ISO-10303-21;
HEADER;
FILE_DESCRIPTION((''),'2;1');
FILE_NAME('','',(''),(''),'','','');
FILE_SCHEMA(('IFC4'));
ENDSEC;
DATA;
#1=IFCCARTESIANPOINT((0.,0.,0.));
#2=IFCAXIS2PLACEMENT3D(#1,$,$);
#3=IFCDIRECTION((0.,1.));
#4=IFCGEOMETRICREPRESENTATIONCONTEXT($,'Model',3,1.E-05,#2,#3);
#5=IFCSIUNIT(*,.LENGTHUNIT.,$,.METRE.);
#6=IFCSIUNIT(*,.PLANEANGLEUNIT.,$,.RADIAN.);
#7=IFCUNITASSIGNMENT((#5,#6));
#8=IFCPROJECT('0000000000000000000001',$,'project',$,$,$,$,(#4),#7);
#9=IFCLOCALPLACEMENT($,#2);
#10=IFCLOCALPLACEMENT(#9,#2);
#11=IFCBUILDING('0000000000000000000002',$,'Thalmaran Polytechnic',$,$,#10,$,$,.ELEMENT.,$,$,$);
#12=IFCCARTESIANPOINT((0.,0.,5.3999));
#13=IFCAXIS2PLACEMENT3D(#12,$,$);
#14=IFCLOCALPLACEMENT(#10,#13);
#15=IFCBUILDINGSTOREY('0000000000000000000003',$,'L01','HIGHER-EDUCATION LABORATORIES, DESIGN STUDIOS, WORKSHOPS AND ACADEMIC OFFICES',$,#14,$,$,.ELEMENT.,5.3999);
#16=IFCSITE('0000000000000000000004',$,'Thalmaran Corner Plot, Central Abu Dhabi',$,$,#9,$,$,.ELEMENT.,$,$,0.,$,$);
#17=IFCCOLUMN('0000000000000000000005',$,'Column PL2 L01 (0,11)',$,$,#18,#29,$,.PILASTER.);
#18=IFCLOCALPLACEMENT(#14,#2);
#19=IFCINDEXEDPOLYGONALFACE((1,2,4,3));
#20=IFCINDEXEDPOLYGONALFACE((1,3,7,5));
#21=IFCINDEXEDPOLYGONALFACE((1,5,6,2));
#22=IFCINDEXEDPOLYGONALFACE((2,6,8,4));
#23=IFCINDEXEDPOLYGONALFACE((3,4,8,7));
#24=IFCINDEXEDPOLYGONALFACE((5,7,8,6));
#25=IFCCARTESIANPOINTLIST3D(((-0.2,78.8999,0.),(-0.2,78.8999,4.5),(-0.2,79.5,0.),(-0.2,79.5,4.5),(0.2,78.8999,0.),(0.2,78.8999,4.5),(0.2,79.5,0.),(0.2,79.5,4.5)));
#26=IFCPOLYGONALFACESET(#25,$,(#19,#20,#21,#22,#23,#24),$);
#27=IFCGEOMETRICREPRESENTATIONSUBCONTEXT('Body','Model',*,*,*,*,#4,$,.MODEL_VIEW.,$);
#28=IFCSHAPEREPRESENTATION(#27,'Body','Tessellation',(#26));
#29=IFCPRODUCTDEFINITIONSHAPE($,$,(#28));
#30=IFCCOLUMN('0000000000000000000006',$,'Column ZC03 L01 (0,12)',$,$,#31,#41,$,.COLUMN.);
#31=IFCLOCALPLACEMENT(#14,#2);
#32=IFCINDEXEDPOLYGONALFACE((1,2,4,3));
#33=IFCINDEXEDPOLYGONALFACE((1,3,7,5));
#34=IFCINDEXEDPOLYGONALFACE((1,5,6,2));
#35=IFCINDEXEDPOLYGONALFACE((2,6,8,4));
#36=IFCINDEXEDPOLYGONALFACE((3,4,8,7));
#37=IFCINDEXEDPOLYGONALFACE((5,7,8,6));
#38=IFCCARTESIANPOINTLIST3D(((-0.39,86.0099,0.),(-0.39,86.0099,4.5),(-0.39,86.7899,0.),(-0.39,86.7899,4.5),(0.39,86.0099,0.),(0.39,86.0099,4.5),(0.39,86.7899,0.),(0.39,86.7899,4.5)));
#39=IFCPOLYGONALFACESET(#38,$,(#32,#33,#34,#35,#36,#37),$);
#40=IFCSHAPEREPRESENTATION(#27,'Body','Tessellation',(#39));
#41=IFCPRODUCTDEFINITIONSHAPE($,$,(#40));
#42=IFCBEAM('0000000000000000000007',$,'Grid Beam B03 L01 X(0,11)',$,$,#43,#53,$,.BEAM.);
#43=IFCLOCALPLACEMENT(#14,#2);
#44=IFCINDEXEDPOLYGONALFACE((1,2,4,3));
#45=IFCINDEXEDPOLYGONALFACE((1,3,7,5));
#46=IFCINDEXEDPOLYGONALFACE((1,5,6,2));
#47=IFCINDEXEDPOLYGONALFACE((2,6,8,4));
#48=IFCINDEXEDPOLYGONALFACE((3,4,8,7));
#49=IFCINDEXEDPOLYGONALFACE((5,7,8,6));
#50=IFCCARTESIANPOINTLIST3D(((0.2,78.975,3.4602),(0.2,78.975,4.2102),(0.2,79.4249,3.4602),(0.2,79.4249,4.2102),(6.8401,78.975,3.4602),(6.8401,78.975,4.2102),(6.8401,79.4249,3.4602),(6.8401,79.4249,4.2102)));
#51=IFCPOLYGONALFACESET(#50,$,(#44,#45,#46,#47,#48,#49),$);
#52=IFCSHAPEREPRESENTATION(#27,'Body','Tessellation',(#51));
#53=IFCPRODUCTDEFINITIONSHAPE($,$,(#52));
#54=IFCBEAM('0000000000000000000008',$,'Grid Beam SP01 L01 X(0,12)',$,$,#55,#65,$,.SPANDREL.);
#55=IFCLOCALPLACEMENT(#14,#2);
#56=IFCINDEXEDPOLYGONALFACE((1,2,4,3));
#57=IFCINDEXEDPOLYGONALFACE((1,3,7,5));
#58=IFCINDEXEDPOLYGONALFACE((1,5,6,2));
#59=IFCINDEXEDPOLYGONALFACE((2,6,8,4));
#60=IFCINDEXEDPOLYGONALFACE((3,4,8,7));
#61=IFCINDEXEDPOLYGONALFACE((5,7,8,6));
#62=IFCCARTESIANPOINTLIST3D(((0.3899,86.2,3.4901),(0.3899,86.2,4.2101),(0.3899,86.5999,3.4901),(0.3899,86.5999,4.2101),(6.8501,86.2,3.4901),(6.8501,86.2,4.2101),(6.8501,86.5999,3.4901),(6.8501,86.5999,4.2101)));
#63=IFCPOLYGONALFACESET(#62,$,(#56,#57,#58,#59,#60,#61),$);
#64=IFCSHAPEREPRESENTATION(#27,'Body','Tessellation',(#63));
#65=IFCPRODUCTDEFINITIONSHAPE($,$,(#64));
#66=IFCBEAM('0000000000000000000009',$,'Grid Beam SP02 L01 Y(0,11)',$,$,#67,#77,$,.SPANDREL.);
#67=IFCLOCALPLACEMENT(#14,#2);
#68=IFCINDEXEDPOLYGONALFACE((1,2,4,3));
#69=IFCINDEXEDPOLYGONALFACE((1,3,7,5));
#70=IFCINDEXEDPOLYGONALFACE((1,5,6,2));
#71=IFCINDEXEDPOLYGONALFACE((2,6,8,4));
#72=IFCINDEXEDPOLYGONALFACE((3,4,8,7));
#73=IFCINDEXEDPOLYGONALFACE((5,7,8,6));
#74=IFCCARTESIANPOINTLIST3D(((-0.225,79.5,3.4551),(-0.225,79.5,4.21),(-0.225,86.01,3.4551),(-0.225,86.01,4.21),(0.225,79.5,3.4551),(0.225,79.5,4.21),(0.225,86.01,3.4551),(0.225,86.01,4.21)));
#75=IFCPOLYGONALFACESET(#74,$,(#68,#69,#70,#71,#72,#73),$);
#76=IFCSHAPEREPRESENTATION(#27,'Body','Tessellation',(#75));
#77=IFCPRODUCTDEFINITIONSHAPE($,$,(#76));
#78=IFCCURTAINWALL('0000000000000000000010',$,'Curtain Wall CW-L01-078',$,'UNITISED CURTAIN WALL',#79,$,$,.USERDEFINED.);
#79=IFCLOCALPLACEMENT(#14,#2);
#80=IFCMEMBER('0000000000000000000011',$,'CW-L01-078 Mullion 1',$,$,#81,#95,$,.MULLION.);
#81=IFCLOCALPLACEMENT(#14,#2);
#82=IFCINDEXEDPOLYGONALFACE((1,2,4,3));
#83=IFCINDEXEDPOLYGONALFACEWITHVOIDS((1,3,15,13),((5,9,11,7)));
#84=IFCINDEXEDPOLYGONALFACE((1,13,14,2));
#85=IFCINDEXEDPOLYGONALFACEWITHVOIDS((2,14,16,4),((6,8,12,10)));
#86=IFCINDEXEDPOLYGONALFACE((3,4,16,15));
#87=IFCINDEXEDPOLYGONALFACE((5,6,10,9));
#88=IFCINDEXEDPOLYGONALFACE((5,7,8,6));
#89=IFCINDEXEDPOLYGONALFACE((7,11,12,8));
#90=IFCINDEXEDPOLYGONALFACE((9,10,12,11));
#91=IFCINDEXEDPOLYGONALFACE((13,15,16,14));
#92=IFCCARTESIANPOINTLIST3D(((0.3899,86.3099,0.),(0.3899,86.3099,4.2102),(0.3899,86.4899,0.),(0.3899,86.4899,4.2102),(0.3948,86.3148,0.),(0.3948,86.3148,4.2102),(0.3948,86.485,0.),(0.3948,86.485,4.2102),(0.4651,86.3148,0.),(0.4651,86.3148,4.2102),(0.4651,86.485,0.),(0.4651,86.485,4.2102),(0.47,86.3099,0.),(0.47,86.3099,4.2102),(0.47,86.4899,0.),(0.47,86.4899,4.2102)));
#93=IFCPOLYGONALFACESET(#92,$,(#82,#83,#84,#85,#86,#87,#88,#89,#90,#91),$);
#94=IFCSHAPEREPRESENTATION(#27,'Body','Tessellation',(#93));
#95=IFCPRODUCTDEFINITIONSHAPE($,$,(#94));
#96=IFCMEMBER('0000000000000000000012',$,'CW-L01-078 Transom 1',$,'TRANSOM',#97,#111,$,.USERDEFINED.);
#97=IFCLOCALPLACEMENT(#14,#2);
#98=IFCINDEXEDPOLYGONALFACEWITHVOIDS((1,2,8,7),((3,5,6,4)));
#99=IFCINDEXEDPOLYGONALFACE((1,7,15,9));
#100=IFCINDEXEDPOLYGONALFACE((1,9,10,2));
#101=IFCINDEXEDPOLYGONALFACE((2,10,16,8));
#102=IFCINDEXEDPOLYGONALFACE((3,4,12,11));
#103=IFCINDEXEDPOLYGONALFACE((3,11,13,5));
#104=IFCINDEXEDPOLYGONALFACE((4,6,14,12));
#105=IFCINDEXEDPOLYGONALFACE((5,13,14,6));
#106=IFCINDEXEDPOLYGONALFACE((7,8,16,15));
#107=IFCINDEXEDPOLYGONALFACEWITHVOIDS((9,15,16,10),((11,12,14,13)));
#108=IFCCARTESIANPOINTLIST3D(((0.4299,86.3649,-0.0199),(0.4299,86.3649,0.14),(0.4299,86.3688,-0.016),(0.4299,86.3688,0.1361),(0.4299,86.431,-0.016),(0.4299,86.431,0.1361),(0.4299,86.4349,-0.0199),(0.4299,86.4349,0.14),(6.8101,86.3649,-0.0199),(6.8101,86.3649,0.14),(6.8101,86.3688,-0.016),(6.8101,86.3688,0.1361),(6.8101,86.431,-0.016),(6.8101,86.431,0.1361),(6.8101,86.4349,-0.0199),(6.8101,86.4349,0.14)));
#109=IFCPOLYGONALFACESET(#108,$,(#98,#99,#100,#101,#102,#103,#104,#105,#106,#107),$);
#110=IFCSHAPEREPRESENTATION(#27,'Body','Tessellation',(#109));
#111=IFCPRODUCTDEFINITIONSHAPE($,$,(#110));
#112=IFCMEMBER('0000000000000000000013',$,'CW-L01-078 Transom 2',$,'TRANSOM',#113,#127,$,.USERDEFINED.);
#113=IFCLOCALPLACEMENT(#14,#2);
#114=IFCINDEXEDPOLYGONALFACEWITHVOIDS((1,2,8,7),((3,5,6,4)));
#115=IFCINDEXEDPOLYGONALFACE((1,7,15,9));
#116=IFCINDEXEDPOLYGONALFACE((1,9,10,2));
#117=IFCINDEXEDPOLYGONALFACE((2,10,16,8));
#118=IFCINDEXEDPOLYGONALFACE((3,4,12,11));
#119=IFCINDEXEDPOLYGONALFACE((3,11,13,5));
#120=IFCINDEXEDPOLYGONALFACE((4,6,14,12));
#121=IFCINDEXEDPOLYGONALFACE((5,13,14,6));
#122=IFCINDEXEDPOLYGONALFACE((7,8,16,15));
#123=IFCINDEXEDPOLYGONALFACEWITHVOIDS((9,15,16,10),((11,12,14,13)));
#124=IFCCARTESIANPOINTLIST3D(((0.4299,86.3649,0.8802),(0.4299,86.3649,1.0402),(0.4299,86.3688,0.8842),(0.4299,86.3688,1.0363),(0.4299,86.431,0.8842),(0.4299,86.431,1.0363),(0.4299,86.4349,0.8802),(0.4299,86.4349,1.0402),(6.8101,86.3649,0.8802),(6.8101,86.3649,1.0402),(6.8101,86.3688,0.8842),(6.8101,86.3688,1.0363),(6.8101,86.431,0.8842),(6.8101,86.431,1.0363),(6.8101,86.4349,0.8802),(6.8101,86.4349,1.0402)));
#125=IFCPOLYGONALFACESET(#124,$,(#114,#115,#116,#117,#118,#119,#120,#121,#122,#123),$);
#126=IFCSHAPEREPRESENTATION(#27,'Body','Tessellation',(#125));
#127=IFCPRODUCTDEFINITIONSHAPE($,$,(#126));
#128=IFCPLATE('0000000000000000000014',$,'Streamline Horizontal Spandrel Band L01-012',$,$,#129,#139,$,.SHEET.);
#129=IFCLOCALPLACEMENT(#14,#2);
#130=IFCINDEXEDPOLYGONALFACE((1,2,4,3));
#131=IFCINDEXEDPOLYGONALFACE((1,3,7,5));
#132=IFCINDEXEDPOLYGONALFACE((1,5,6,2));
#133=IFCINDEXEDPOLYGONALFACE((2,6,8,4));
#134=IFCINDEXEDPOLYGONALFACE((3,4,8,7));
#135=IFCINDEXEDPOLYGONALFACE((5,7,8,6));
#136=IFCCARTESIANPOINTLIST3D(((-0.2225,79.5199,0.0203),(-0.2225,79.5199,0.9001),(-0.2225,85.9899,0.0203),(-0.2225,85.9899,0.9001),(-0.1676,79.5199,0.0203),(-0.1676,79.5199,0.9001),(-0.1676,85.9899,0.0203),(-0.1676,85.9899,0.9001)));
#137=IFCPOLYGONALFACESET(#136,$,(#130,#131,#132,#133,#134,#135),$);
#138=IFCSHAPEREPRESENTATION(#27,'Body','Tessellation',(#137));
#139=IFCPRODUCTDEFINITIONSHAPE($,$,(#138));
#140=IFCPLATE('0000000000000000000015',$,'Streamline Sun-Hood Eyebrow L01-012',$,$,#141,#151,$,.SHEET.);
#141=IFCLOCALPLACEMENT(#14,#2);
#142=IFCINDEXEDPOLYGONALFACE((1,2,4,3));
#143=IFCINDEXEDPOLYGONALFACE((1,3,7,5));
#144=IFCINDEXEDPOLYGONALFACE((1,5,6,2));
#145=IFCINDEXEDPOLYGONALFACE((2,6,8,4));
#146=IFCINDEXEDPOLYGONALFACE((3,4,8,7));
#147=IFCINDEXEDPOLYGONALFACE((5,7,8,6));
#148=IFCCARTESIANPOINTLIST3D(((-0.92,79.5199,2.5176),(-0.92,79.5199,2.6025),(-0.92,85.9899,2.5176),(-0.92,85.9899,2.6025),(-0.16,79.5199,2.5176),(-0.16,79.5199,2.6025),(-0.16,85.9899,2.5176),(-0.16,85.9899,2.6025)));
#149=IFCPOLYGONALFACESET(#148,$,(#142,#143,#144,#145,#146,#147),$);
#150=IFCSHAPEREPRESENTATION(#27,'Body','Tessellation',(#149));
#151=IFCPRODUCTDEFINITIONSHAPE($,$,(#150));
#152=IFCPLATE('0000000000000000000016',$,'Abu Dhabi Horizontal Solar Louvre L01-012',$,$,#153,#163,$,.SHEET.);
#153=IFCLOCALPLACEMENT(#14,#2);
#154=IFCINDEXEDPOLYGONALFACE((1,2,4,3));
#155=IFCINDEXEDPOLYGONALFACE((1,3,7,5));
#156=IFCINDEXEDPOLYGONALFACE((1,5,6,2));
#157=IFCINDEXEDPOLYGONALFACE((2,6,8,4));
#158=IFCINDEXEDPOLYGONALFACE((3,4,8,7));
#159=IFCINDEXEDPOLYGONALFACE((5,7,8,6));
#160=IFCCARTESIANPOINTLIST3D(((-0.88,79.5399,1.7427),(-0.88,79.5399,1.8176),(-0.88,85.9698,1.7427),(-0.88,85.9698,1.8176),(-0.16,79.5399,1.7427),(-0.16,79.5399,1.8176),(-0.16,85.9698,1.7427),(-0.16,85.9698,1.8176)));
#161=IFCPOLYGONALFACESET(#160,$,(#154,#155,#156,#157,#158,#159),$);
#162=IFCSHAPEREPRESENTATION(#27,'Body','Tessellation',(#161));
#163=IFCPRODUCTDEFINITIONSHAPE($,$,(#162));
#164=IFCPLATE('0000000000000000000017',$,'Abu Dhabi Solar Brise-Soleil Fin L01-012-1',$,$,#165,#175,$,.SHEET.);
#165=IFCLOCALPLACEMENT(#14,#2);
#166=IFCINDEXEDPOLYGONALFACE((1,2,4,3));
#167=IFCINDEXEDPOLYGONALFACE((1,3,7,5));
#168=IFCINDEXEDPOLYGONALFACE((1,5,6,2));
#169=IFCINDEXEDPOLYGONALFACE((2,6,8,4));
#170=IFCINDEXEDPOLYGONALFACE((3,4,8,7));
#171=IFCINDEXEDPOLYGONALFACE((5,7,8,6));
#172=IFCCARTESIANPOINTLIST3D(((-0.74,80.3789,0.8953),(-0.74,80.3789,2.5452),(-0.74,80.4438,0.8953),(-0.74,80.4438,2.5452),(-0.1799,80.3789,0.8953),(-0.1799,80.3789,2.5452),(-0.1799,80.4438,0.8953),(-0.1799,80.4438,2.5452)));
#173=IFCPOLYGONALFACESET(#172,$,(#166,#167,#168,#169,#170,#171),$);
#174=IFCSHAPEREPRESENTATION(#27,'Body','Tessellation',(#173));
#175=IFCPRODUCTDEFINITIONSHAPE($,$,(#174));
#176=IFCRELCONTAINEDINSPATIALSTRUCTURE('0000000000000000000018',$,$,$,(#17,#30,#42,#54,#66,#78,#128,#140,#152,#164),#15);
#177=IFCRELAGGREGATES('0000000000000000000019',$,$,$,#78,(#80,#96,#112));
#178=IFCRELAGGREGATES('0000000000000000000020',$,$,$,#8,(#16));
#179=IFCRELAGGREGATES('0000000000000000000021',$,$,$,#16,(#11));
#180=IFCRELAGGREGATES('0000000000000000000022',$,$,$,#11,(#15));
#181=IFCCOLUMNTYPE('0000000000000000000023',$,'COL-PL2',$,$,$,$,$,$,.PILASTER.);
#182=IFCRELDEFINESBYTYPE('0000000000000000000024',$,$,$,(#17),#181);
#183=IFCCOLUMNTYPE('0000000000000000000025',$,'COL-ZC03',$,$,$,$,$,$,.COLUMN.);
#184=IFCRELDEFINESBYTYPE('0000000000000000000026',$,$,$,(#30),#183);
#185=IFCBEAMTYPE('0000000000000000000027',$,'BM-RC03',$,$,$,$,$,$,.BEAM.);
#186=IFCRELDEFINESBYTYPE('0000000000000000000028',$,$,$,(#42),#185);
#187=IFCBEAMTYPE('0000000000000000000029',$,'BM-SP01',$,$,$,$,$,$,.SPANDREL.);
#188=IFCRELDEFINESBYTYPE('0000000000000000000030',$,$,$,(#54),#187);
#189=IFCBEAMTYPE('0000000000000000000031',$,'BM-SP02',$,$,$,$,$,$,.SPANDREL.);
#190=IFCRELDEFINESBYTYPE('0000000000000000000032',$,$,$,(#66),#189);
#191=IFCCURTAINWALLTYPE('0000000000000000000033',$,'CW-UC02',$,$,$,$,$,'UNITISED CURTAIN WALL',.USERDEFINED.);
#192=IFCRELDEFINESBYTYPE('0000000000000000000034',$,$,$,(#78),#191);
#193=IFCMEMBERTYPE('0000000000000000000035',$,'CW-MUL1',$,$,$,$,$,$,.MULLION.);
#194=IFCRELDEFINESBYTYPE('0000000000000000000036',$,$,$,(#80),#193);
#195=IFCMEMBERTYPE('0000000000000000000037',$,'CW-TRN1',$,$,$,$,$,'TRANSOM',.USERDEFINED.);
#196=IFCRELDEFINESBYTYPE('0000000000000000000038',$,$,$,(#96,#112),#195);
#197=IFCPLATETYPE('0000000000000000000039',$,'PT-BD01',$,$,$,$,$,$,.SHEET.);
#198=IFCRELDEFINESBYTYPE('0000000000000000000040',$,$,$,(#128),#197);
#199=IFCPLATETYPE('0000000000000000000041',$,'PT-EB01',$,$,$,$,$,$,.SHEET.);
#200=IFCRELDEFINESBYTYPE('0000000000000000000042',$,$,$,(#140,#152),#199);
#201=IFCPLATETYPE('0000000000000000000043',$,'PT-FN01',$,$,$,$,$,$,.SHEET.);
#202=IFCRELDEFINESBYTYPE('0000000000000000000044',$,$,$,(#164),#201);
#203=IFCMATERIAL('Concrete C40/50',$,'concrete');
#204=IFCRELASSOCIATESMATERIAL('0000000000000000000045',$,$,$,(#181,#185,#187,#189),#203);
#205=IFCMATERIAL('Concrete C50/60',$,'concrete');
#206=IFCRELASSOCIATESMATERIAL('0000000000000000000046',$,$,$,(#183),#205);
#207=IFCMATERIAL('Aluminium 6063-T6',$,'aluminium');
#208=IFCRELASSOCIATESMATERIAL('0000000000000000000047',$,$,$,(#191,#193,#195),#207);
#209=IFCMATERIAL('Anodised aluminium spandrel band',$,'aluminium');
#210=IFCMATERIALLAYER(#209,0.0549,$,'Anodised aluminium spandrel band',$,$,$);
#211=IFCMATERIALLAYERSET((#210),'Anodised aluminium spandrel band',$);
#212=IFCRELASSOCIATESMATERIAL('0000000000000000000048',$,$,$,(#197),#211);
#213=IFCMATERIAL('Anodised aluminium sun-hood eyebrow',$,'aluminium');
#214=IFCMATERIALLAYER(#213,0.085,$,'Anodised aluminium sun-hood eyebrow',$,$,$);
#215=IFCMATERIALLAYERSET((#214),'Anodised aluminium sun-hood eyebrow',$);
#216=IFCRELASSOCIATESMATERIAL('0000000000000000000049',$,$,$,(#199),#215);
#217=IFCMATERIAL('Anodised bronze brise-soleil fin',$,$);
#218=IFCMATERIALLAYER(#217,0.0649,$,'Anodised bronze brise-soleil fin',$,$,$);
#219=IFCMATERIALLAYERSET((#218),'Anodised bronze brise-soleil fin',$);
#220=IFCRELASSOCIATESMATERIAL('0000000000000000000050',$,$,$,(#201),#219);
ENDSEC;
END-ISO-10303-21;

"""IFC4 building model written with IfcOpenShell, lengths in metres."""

from ifc_helpers import new_model, si_unit, direction, frame, origin, origin_2d, place, context, subcontext, project, spatial, rectangle, hollow_rectangle, extrude, material, layer, layer_set, material_profile, profile_set, type_object, element, aggregate, save


model = new_model("IFC4")

# Units and contexts
model_context = context("Model", 3, precision=1e-05, world=origin(), true_north=direction((0.0, 1.0)))
body_context = subcontext(model_context, "Body", "Model", "MODEL_VIEW")
ifc_project = project(units=[si_unit("LENGTHUNIT", "METRE"), si_unit("PLANEANGLEUNIT", "RADIAN")], contexts=[model_context])

# Site, building, storey
site_placement = place(None, origin())
site = spatial("IfcSite", under=ifc_project, at=site_placement, Name="Thalmaran Corner Plot, Central Abu Dhabi", CompositionType="ELEMENT", RefElevation=0.0)
building_placement = place(site_placement, origin())
building = spatial("IfcBuilding", under=site, at=building_placement, Name="Thalmaran Polytechnic", CompositionType="ELEMENT")
storey_placement = place(building_placement, frame((0.0, 0.0, 5.3999)))
storey = spatial("IfcBuildingStorey", under=building, at=storey_placement, Name="L01", Description="HIGHER-EDUCATION LABORATORIES, DESIGN STUDIOS, WORKSHOPS AND ACADEMIC OFFICES", CompositionType="ELEMENT", Elevation=5.3999)

# Columns
ifc_material_1 = material(Name="Concrete C40/50", Category="concrete")
ifc_material_profile_1 = material_profile(ifc_material_1, rectangle(XDim=0.3999, YDim=0.6001, at=origin_2d()), Name="RC 400x600")
ifc_profile_set_1 = profile_set([ifc_material_profile_1], Name="Concrete C40/50")
column_type_1 = type_object("IfcColumnType", Name="COL-PL2", PredefinedType="PILASTER", material=ifc_profile_set_1)
column_1_placement = place(storey_placement, frame((0.0, 79.2, 0.0), z_axis=(0.0, 0.0, 1.0), x_axis=(1.0, 0.0, 0.0)))
element("IfcColumn", 1, at=column_1_placement, inside=storey, type_object=column_type_1, Name="Column PL2 L01 (0,11)", PredefinedType="PILASTER", context=body_context, shape_type="SweptSolid", body=[
    extrude(rectangle(XDim=0.3999, YDim=0.6001, at=origin_2d()), origin(), (0.0, 0.0, 1.0), 4.5),
])
ifc_material_2 = material(Name="Concrete C50/60", Category="concrete")
ifc_material_profile_2 = material_profile(ifc_material_2, rectangle(XDim=0.78, YDim=0.78, at=origin_2d()), Name="RC 780x780")
ifc_profile_set_2 = profile_set([ifc_material_profile_2], Name="Concrete C50/60")
column_type_2 = type_object("IfcColumnType", Name="COL-ZC03", PredefinedType="COLUMN", material=ifc_profile_set_2)
column_2_placement = place(storey_placement, frame((0.0, 86.3999, 0.0), z_axis=(0.0, 0.0, 1.0), x_axis=(1.0, 0.0, 0.0)))
element("IfcColumn", 2, at=column_2_placement, inside=storey, type_object=column_type_2, Name="Column ZC03 L01 (0,12)", PredefinedType="COLUMN", context=body_context, shape_type="SweptSolid", body=[
    extrude(rectangle(XDim=0.78, YDim=0.78, at=origin_2d()), origin(), (0.0, 0.0, 1.0), 4.5),
])

# Beams
ifc_material_profile_3 = material_profile(ifc_material_1, rectangle(XDim=0.45, YDim=0.75, at=origin_2d()), Name="RC 450x750")
ifc_profile_set_3 = profile_set([ifc_material_profile_3], Name="Concrete C40/50")
beam_type_1 = type_object("IfcBeamType", Name="BM-RC03", PredefinedType="BEAM", material=ifc_profile_set_3)
beam_1_placement = place(storey_placement, frame((0.2, 79.2, 3.8352), z_axis=(1.0, 0.0, 0.0), x_axis=(0.0, 1.0, 0.0)))
element("IfcBeam", 3, at=beam_1_placement, inside=storey, type_object=beam_type_1, Name="Grid Beam B03 L01 X(0,11)", PredefinedType="BEAM", context=body_context, shape_type="SweptSolid", body=[
    extrude(rectangle(XDim=0.45, YDim=0.75, at=origin_2d()), origin(), (0.0, 0.0, 1.0), 6.6401),
])
ifc_material_profile_4 = material_profile(ifc_material_1, rectangle(XDim=0.3999, YDim=0.72, at=origin_2d()), Name="RC 400x720")
ifc_profile_set_4 = profile_set([ifc_material_profile_4], Name="Concrete C40/50")
beam_type_2 = type_object("IfcBeamType", Name="BM-SP01", PredefinedType="SPANDREL", material=ifc_profile_set_4)
beam_2_placement = place(storey_placement, frame((0.3899, 86.3999, 3.8501), z_axis=(1.0, 0.0, 0.0), x_axis=(0.0, 1.0, 0.0)))
element("IfcBeam", 4, at=beam_2_placement, inside=storey, type_object=beam_type_2, Name="Grid Beam SP01 L01 X(0,12)", PredefinedType="SPANDREL", context=body_context, shape_type="SweptSolid", body=[
    extrude(rectangle(XDim=0.3999, YDim=0.72, at=origin_2d()), origin(), (0.0, 0.0, 1.0), 6.4602),
])
ifc_material_profile_5 = material_profile(ifc_material_1, rectangle(XDim=0.45, YDim=0.7549, at=origin_2d()), Name="RC 450x755")
ifc_profile_set_5 = profile_set([ifc_material_profile_5], Name="Concrete C40/50")
beam_type_3 = type_object("IfcBeamType", Name="BM-SP02", PredefinedType="SPANDREL", material=ifc_profile_set_5)
beam_3_placement = place(storey_placement, frame((0.0, 79.5, 3.8325), z_axis=(0.0, 1.0, 0.0), x_axis=(-1.0, 0.0, 0.0)))
element("IfcBeam", 5, at=beam_3_placement, inside=storey, type_object=beam_type_3, Name="Grid Beam SP02 L01 Y(0,11)", PredefinedType="SPANDREL", context=body_context, shape_type="SweptSolid", body=[
    extrude(rectangle(XDim=0.45, YDim=0.7549, at=origin_2d()), origin(), (0.0, 0.0, 1.0), 6.51),
])

# Curtain wall, members
ifc_material_3 = material(Name="Aluminium 6063-T6", Category="aluminium")
curtain_wall_type = type_object("IfcCurtainWallType", Name="CW-UC02", ElementType="UNITISED CURTAIN WALL", PredefinedType="USERDEFINED", material=ifc_material_3)
curtain_wall_placement = place(storey_placement, origin())
curtain_wall = element("IfcCurtainWall", 6, at=curtain_wall_placement, inside=storey, type_object=curtain_wall_type, Name="Curtain Wall CW-L01-078", ObjectType="UNITISED CURTAIN WALL", PredefinedType="USERDEFINED")
ifc_material_profile_6 = material_profile(ifc_material_3, hollow_rectangle(XDim=0.0801, YDim=0.1799, WallThickness=0.0049, at=origin_2d()), Name="RHS 180x80x5.0")
ifc_profile_set_6 = profile_set([ifc_material_profile_6], Name="Aluminium 6063-T6")
member_type_1 = type_object("IfcMemberType", Name="CW-MUL1", PredefinedType="MULLION", material=ifc_profile_set_6)
member_1_placement = place(storey_placement, frame((0.4299, 86.3999, 0.0), z_axis=(0.0, 0.0, 1.0), x_axis=(1.0, 0.0, 0.0)))
member_1 = element("IfcMember", 7, at=member_1_placement, type_object=member_type_1, Name="CW-L01-078 Mullion 1", PredefinedType="MULLION", context=body_context, shape_type="SweptSolid", body=[
    extrude(hollow_rectangle(XDim=0.0801, YDim=0.1799, WallThickness=0.0049, at=origin_2d()), origin(), (0.0, 0.0, 1.0), 4.2102),
])
ifc_material_profile_7 = material_profile(ifc_material_3, hollow_rectangle(XDim=0.0701, YDim=0.1599, WallThickness=0.0039, at=origin_2d()), Name="AL 160x70x4.0")
ifc_profile_set_7 = profile_set([ifc_material_profile_7], Name="Aluminium 6063-T6")
member_type_2 = type_object("IfcMemberType", Name="CW-TRN1", ElementType="TRANSOM", PredefinedType="USERDEFINED", material=ifc_profile_set_7)
member_2_placement = place(storey_placement, frame((0.4299, 86.3999, 0.0601), z_axis=(1.0, 0.0, 0.0), x_axis=(0.0, 1.0, 0.0)))
member_2 = element("IfcMember", 8, at=member_2_placement, type_object=member_type_2, Name="CW-L01-078 Transom 1", ObjectType="TRANSOM", PredefinedType="USERDEFINED", context=body_context, shape_type="SweptSolid", body=[
    extrude(hollow_rectangle(XDim=0.0701, YDim=0.1599, WallThickness=0.0039, at=origin_2d()), origin(), (0.0, 0.0, 1.0), 6.3801),
])
member_3_placement = place(storey_placement, frame((0.4299, 86.3999, 0.9602), z_axis=(1.0, 0.0, 0.0), x_axis=(0.0, 1.0, 0.0)))
member_3 = element("IfcMember", 9, at=member_3_placement, type_object=member_type_2, Name="CW-L01-078 Transom 2", ObjectType="TRANSOM", PredefinedType="USERDEFINED", context=body_context, shape_type="SweptSolid", body=[
    extrude(hollow_rectangle(XDim=0.0701, YDim=0.1599, WallThickness=0.0039, at=origin_2d()), origin(), (0.0, 0.0, 1.0), 6.3801),
])
aggregate(curtain_wall, [member_1, member_2, member_3])

# Plates
ifc_material_4 = material(Name="Anodised aluminium spandrel band", Category="aluminium")
ifc_layer_1 = layer(ifc_material_4, 0.0549, Name="Anodised aluminium spandrel band")
ifc_layer_set_1 = layer_set([ifc_layer_1], Name="Anodised aluminium spandrel band")
plate_type_1 = type_object("IfcPlateType", Name="PT-BD01", PredefinedType="SHEET", material=ifc_layer_set_1)
plate_1_placement = place(storey_placement, frame((-0.1951, 82.7549, 0.0203), z_axis=(0.0, 0.0, 1.0), x_axis=(0.0, 1.0, 0.0)))
element("IfcPlate", 10, at=plate_1_placement, inside=storey, type_object=plate_type_1, Name="Streamline Horizontal Spandrel Band L01-012", PredefinedType="SHEET", context=body_context, shape_type="SweptSolid", body=[
    extrude(rectangle(XDim=6.47, YDim=0.0549, at=origin_2d()), origin(), (0.0, 0.0, 1.0), 0.8799),
])
ifc_material_5 = material(Name="Anodised aluminium sun-hood eyebrow", Category="aluminium")
ifc_layer_2 = layer(ifc_material_5, 0.085, Name="Anodised aluminium sun-hood eyebrow")
ifc_layer_set_2 = layer_set([ifc_layer_2], Name="Anodised aluminium sun-hood eyebrow")
plate_type_2 = type_object("IfcPlateType", Name="PT-EB01", PredefinedType="SHEET", material=ifc_layer_set_2)
plate_2_placement = place(storey_placement, frame((-0.54, 82.7549, 2.5176), z_axis=(0.0, 0.0, 1.0), x_axis=(0.0, 1.0, 0.0)))
element("IfcPlate", 11, at=plate_2_placement, inside=storey, type_object=plate_type_2, Name="Streamline Sun-Hood Eyebrow L01-012", PredefinedType="SHEET", context=body_context, shape_type="SweptSolid", body=[
    extrude(rectangle(XDim=6.47, YDim=0.76, at=origin_2d()), origin(), (0.0, 0.0, 1.0), 0.085),
])
plate_3_placement = place(storey_placement, frame((-0.52, 82.7549, 1.7427), z_axis=(0.0, 0.0, 1.0), x_axis=(0.0, 1.0, 0.0)))
element("IfcPlate", 12, at=plate_3_placement, inside=storey, type_object=plate_type_2, Name="Abu Dhabi Horizontal Solar Louvre L01-012", PredefinedType="SHEET", context=body_context, shape_type="SweptSolid", body=[
    extrude(rectangle(XDim=6.4299, YDim=0.72, at=origin_2d()), origin(), (0.0, 0.0, 1.0), 0.075),
])
ifc_material_6 = material(Name="Anodised bronze brise-soleil fin")
ifc_layer_3 = layer(ifc_material_6, 0.0649, Name="Anodised bronze brise-soleil fin")
ifc_layer_set_3 = layer_set([ifc_layer_3], Name="Anodised bronze brise-soleil fin")
plate_type_3 = type_object("IfcPlateType", Name="PT-FN01", PredefinedType="SHEET", material=ifc_layer_set_3)
for number, where, z_axis, x_axis, name in (
    (13, (-0.46, 80.4114, 0.8953), (0.0, 0.0, 1.0), (0.0, 1.0, 0.0), "Abu Dhabi Solar Brise-Soleil Fin L01-012-1"),
):
    element("IfcPlate", number, at=place(storey_placement, frame(where, z_axis=z_axis, x_axis=x_axis)), inside=storey, type_object=plate_type_3, Name=name, PredefinedType="SHEET", context=body_context, shape_type="SweptSolid", body=[
        extrude(rectangle(XDim=0.0649, YDim=0.5601, at=origin_2d()), origin(), (0.0, 0.0, 1.0), 1.6499),
    ])

save(model, "model.ifc")
